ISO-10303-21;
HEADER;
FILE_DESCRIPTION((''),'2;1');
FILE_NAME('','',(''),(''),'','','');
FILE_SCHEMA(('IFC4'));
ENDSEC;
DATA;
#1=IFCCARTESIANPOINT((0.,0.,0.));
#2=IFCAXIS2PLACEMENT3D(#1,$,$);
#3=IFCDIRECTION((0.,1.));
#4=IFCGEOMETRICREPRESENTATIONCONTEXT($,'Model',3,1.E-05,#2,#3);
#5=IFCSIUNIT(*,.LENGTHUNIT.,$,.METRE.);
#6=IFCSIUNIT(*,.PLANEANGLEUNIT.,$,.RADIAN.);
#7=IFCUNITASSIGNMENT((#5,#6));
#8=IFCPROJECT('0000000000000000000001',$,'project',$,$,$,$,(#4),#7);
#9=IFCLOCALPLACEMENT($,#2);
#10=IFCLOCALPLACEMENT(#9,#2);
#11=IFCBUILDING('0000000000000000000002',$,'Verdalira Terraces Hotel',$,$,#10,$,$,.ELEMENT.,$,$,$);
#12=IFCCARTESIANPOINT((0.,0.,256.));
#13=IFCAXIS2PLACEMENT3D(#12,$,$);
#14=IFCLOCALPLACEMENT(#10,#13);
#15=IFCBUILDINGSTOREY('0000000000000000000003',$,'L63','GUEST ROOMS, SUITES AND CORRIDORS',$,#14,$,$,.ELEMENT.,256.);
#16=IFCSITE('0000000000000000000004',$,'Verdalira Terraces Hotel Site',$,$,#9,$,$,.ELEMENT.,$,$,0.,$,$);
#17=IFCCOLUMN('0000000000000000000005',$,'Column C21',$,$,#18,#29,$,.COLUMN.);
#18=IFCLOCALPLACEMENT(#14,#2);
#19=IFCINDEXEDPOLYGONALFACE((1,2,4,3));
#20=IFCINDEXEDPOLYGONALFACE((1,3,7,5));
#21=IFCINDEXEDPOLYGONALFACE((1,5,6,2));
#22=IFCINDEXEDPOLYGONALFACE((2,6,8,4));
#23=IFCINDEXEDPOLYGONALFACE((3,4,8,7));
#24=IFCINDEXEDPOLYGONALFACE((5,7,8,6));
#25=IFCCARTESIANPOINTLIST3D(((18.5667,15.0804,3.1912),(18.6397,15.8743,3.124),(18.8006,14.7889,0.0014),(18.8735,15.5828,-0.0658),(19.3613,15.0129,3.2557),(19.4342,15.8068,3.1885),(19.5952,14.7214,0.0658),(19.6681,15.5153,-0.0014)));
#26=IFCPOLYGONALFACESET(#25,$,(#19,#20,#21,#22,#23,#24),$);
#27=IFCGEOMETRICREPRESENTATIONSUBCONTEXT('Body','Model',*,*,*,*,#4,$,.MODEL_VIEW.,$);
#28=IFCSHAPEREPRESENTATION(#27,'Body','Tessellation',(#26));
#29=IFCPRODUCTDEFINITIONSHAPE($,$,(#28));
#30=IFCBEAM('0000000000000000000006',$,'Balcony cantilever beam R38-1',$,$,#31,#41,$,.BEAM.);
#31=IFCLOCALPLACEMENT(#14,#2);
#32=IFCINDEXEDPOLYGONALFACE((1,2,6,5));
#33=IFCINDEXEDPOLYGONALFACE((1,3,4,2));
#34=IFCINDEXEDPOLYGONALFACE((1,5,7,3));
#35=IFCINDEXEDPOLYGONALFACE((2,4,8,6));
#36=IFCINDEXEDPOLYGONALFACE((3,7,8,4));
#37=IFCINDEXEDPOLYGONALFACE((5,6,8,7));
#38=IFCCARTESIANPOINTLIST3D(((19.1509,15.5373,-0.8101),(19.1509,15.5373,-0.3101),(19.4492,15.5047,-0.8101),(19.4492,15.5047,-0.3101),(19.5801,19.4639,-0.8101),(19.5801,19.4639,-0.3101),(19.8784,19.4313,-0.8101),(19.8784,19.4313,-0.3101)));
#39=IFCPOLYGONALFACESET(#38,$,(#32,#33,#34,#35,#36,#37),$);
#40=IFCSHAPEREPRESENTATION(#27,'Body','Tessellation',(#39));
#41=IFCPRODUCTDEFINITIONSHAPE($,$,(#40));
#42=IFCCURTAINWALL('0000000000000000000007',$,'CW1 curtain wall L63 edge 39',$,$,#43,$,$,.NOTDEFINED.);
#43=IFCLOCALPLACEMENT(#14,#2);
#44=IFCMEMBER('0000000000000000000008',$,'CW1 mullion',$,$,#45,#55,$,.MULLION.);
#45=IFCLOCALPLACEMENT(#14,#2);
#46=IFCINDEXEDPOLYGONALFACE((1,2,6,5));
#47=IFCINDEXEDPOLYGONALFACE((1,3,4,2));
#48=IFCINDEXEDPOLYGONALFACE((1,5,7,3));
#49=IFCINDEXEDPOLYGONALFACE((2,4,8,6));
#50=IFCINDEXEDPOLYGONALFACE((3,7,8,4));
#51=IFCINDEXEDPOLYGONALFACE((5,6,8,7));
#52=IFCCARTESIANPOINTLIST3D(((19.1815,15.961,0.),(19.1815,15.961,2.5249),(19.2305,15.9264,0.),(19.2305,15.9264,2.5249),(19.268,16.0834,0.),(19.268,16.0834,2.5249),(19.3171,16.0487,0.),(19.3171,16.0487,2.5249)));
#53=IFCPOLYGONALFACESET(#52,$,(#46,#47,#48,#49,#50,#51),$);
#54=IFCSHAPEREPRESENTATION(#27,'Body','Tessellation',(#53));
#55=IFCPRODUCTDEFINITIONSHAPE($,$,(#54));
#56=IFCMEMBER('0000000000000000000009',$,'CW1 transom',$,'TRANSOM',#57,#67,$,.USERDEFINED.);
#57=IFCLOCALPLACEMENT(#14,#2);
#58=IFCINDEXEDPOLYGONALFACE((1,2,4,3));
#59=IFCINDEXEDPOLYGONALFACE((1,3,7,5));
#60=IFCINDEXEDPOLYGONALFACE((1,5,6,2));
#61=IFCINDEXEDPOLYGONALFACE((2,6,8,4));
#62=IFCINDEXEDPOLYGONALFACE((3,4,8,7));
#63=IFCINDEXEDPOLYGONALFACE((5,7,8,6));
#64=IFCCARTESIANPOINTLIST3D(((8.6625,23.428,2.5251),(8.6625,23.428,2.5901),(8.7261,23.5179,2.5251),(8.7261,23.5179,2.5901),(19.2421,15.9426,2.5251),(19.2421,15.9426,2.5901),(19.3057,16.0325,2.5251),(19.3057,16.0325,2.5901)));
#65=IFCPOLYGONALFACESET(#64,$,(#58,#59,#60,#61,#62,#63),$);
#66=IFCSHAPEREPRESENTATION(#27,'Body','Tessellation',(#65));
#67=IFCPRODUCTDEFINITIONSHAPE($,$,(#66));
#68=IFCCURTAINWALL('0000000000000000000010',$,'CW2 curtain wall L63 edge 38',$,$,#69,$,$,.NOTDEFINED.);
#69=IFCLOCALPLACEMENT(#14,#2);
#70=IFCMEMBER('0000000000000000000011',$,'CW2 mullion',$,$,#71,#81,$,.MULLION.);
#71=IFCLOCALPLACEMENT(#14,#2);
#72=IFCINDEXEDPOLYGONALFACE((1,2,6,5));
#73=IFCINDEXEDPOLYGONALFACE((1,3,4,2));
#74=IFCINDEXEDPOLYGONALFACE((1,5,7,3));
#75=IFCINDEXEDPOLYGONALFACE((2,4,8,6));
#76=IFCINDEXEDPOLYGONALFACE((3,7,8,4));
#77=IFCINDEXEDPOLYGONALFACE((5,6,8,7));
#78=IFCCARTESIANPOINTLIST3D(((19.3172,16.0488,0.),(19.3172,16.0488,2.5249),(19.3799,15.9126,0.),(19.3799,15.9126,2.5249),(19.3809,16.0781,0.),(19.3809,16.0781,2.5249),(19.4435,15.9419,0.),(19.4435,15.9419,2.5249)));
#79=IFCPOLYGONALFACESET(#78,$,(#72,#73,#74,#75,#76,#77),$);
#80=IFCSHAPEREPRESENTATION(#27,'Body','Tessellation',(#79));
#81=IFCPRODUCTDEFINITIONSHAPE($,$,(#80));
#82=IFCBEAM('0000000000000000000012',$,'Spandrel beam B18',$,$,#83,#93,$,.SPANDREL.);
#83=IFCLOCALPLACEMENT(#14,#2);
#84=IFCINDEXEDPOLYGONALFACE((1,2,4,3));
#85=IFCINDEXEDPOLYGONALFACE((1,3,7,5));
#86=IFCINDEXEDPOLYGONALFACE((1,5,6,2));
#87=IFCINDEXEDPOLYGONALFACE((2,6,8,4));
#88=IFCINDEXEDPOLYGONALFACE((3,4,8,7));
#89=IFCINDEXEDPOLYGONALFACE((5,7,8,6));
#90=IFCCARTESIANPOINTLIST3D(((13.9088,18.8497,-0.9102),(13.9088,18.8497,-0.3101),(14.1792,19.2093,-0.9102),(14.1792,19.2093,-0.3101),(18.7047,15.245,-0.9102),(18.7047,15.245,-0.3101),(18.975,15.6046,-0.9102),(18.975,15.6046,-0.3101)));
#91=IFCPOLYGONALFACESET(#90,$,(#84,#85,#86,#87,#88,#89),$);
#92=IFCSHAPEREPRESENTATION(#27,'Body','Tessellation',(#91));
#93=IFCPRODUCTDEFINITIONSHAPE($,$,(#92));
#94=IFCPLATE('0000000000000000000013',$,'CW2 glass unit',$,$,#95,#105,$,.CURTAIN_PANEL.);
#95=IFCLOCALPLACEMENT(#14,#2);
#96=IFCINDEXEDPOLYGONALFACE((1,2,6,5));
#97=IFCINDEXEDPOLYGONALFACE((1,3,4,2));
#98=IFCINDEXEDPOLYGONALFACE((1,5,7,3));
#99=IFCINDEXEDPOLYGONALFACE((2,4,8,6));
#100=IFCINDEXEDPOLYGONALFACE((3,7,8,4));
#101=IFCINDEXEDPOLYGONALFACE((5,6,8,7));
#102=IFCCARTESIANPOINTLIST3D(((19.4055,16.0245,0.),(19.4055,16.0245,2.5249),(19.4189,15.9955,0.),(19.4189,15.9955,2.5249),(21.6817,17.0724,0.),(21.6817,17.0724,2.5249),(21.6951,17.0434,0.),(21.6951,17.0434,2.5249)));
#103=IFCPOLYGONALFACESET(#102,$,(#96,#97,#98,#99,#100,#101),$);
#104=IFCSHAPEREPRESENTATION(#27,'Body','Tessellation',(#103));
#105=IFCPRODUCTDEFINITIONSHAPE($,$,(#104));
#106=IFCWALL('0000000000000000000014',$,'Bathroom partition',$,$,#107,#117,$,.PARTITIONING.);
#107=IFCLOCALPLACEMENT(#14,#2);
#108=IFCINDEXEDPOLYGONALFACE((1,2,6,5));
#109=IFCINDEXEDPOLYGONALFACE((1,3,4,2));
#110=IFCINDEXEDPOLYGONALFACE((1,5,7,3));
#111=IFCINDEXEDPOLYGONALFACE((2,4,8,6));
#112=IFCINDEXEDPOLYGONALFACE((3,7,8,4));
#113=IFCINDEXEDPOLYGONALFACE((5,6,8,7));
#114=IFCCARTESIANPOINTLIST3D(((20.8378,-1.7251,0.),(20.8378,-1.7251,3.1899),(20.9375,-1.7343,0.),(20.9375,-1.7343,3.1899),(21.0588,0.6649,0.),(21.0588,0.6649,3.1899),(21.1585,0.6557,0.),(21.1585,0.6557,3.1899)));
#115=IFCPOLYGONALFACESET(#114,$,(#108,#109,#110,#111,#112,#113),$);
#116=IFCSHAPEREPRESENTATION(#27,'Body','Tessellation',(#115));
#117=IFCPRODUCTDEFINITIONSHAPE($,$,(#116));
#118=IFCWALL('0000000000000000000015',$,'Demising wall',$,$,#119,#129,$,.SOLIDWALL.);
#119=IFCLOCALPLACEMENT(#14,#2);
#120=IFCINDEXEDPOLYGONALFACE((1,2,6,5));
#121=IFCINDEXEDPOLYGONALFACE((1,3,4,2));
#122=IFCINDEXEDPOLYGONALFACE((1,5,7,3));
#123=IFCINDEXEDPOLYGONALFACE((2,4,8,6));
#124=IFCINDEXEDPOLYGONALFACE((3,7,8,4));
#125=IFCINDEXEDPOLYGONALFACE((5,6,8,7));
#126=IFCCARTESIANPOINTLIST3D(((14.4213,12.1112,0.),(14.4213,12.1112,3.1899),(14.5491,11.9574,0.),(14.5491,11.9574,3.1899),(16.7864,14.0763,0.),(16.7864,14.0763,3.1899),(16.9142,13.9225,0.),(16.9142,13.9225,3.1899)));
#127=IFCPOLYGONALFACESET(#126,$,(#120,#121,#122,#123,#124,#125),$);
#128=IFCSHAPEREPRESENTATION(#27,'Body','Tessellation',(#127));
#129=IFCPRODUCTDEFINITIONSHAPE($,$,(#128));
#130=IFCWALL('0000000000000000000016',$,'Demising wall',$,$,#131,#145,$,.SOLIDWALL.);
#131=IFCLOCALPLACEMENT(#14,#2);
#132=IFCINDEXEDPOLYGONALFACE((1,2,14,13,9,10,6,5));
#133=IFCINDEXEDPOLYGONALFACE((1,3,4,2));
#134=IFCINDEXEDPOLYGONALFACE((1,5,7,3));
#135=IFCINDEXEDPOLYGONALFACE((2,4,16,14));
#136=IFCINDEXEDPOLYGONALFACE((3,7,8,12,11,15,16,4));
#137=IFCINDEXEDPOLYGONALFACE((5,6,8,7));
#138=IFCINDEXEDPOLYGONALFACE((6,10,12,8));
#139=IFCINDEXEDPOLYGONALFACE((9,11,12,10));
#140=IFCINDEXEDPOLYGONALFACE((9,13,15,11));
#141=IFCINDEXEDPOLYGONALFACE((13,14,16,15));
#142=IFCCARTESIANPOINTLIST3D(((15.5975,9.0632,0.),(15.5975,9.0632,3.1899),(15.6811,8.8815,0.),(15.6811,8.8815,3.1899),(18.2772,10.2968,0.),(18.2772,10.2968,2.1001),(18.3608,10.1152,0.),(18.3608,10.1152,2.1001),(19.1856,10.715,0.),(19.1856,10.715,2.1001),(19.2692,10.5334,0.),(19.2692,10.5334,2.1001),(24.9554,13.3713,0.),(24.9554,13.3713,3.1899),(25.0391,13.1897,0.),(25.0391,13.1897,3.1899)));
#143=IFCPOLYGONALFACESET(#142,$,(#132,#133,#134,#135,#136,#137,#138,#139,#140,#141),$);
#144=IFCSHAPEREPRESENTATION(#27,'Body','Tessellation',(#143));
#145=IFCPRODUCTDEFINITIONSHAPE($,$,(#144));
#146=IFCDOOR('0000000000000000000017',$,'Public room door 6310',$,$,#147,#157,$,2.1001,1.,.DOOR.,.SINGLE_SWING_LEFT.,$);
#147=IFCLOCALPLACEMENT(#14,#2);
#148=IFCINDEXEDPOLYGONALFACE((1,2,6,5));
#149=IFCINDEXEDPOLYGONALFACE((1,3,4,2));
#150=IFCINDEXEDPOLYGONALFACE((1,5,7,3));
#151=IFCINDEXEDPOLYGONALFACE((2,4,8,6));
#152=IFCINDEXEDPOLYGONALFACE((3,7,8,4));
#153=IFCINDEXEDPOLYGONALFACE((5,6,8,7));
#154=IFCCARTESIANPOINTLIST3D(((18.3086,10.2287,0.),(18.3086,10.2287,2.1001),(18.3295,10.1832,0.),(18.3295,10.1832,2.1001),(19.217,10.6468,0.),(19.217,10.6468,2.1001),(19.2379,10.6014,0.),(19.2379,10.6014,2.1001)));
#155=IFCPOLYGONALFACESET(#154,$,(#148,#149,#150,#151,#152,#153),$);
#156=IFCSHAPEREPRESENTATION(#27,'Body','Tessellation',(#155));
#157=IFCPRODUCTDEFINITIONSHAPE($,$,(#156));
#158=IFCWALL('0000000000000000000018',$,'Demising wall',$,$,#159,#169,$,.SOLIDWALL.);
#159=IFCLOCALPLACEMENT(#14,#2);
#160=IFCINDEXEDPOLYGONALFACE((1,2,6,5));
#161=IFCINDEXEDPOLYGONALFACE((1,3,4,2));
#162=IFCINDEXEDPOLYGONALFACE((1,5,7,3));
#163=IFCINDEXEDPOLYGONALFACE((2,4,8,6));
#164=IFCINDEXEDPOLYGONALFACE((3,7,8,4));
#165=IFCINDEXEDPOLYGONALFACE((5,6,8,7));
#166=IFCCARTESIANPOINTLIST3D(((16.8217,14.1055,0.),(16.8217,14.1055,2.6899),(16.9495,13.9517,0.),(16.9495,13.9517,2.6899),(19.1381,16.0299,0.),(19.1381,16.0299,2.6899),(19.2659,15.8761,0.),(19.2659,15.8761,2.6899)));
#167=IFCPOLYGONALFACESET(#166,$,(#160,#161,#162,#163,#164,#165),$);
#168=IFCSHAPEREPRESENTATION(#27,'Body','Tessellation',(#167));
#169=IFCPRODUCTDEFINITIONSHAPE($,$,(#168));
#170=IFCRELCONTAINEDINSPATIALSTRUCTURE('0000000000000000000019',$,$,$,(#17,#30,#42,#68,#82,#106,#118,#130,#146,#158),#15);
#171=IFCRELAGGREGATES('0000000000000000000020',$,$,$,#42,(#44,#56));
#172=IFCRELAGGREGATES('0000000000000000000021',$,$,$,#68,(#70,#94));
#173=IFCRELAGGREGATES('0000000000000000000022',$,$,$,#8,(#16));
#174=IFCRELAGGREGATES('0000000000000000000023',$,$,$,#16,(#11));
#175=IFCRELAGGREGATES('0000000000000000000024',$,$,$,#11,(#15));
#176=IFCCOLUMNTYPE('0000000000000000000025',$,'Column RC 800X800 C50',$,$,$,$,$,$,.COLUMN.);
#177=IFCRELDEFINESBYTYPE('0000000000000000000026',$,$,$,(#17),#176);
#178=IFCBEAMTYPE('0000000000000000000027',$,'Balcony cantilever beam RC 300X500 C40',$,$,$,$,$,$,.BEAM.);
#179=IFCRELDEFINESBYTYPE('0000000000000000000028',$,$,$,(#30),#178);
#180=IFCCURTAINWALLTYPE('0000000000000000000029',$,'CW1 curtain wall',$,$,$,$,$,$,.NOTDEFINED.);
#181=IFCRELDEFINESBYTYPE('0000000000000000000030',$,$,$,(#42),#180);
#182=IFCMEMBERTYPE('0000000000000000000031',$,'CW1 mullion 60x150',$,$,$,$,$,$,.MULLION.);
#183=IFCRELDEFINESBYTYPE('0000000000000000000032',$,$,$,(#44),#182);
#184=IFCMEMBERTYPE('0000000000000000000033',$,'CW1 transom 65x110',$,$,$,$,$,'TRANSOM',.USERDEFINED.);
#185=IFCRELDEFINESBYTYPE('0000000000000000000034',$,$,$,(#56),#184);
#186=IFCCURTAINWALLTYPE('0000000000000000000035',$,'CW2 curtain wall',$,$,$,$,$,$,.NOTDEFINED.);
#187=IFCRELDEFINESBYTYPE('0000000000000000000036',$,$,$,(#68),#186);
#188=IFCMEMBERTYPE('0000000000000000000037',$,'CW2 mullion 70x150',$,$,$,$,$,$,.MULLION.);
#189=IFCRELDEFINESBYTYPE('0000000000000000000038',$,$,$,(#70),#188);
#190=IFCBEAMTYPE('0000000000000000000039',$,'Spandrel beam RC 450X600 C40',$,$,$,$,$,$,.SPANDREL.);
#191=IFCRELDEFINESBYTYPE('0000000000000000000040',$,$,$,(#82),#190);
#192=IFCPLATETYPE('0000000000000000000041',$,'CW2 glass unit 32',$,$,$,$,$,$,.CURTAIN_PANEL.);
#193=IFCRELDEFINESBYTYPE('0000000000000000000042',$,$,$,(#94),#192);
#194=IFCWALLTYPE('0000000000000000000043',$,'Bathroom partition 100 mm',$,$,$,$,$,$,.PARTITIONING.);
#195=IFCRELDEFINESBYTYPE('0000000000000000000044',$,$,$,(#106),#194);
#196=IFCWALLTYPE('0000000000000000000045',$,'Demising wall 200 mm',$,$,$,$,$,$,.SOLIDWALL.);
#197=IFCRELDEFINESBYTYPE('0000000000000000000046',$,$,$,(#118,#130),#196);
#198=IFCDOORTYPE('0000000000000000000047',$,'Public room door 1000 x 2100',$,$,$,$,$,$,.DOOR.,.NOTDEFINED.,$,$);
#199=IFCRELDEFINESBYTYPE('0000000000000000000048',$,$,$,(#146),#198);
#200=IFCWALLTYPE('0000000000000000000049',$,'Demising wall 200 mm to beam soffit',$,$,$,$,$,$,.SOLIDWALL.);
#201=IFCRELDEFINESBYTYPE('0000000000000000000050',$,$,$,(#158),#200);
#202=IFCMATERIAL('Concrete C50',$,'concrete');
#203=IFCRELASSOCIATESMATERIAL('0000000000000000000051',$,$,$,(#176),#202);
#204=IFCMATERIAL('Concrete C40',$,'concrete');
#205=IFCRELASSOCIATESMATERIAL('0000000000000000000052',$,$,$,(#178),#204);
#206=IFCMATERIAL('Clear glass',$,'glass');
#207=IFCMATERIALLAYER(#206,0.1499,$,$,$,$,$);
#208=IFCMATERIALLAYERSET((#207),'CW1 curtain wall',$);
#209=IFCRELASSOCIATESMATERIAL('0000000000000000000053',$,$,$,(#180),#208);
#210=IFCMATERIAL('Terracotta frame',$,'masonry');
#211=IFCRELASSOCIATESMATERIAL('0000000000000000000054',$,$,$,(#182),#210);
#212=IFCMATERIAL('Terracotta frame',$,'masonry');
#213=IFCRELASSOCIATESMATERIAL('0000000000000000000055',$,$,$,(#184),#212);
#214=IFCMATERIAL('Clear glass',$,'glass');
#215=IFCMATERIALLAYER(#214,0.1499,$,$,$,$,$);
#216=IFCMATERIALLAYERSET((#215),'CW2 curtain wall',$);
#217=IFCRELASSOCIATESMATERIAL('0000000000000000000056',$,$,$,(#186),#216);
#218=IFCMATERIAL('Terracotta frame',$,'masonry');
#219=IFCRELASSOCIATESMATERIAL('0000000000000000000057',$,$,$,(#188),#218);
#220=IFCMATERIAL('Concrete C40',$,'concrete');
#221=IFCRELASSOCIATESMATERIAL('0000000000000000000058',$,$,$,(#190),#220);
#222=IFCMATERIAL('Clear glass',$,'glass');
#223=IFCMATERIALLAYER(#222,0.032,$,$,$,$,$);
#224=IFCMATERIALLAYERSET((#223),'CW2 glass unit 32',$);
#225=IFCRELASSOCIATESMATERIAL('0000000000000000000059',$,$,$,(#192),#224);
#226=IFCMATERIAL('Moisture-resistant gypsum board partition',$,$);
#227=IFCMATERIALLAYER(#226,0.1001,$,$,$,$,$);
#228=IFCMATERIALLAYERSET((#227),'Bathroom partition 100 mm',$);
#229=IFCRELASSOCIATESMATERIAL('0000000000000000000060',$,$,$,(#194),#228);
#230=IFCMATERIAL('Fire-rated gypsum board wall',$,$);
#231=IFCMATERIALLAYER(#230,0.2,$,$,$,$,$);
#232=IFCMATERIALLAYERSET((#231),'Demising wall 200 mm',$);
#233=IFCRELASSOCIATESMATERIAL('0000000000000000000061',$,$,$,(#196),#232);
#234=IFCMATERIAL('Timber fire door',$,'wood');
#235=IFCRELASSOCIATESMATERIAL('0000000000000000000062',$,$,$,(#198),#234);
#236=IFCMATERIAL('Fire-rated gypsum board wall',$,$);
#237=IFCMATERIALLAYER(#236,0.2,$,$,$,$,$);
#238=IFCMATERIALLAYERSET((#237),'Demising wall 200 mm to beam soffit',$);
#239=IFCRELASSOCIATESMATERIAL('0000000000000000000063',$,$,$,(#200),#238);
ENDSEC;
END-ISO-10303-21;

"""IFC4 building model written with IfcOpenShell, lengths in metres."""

from ifc_helpers import new_model, si_unit, direction, frame, frame_2d, origin, origin_2d, place, context, subcontext, project, spatial, rectangle, extrude, material, layer, layer_set, material_profile, profile_set, type_object, element, fill, aggregate, save


model = new_model("IFC4")

# Units and contexts
model_context = context("Model", 3, precision=1e-05, world=origin(), true_north=direction((0.0, 1.0)))
body_context = subcontext(model_context, "Body", "Model", "MODEL_VIEW")
ifc_project = project(units=[si_unit("LENGTHUNIT", "METRE"), si_unit("PLANEANGLEUNIT", "RADIAN")], contexts=[model_context])

# Site, building, storey
site_placement = place(None, origin())
site = spatial("IfcSite", under=ifc_project, at=site_placement, Name="Verdalira Terraces Hotel Site", CompositionType="ELEMENT", RefElevation=0.0)
building_placement = place(site_placement, origin())
building = spatial("IfcBuilding", under=site, at=building_placement, Name="Verdalira Terraces Hotel", CompositionType="ELEMENT")
storey_placement = place(building_placement, frame((0.0, 0.0, 256.0)))
storey = spatial("IfcBuildingStorey", under=building, at=storey_placement, Name="L63", Description="GUEST ROOMS, SUITES AND CORRIDORS", CompositionType="ELEMENT", Elevation=256.0)

# Column
ifc_material_1 = material(Name="Concrete C50", Category="concrete")
ifc_material_profile_1 = material_profile(ifc_material_1, rectangle(XDim=0.8, YDim=0.8, at=origin_2d()), Name="RC 800X800")
ifc_profile_set_1 = profile_set([ifc_material_profile_1], Name="Concrete C50")
column_type = type_object("IfcColumnType", Name="Column RC 800X800 C50", PredefinedType="COLUMN", material=ifc_profile_set_1)
column_placement = place(storey_placement, frame((19.2344, 15.1521, 0.0), z_axis=(-0.072822, 0.090761, 0.993207), x_axis=(0.993172, -0.084404, 0.080532)))
element("IfcColumn", 1, at=column_placement, inside=storey, type_object=column_type, Name="Column C21", PredefinedType="COLUMN", context=body_context, shape_type="SweptSolid", body=[
    extrude(rectangle(XDim=0.8, YDim=0.8, at=origin_2d()), origin(), (0.0, 0.0, 1.0), 3.2117),
])

# Beam
ifc_material_2 = material(Name="Concrete C40", Category="concrete")
ifc_material_profile_2 = material_profile(ifc_material_2, rectangle(XDim=0.3, YDim=0.5, at=origin_2d()), Name="RC 300X500")
ifc_profile_set_2 = profile_set([ifc_material_profile_2], Name="Concrete C40")
beam_type_1 = type_object("IfcBeamType", Name="Balcony cantilever beam RC 300X500 C40", PredefinedType="BEAM", material=ifc_profile_set_2)
beam_1_placement = place(storey_placement, frame((19.3, 15.521, -0.5601), z_axis=(0.108661, 0.994079, 0.0), x_axis=(-0.994079, 0.108661, 0.0)))
element("IfcBeam", 2, at=beam_1_placement, inside=storey, type_object=beam_type_1, Name="Balcony cantilever beam R38-1", PredefinedType="BEAM", context=body_context, shape_type="SweptSolid", body=[
    extrude(rectangle(XDim=0.3, YDim=0.5, at=origin_2d()), origin(), (0.0, 0.0, 1.0), 3.95),
])

# Curtain wall, members
ifc_material_3 = material(Name="Clear glass", Category="glass")
ifc_layer_1 = layer(ifc_material_3, 0.1499)
ifc_layer_set_1 = layer_set([ifc_layer_1], Name="CW1 curtain wall")
curtain_wall_type_1 = type_object("IfcCurtainWallType", Name="CW1 curtain wall", PredefinedType="NOTDEFINED", material=ifc_layer_set_1)
curtain_wall_1_placement = place(storey_placement, origin())
curtain_wall_1 = element("IfcCurtainWall", 3, at=curtain_wall_1_placement, inside=storey, type_object=curtain_wall_type_1, Name="CW1 curtain wall L63 edge 39", PredefinedType="NOTDEFINED")
ifc_material_4 = material(Name="Terracotta frame", Category="masonry")
ifc_material_profile_3 = material_profile(ifc_material_4, rectangle(XDim=0.0601, YDim=0.1499, at=origin_2d()), Name="MU 60x150")
ifc_profile_set_3 = profile_set([ifc_material_profile_3], Name="Terracotta frame")
member_type_1 = type_object("IfcMemberType", Name="CW1 mullion 60x150", PredefinedType="MULLION", material=ifc_profile_set_3)
member_1_placement = place(storey_placement, frame((19.2493, 16.0049, 0.0), z_axis=(0.0, 0.0, 1.0), x_axis=(-0.816339, 0.577573, 0.0)))
member_1 = element("IfcMember", 4, at=member_1_placement, type_object=member_type_1, Name="CW1 mullion", PredefinedType="MULLION", context=body_context, shape_type="SweptSolid", body=[
    extrude(rectangle(XDim=0.0601, YDim=0.1499, at=origin_2d()), origin(), (0.0, 0.0, 1.0), 2.5249),
])
ifc_material_5 = material(Name="Terracotta frame", Category="masonry")
ifc_material_profile_4 = material_profile(ifc_material_5, rectangle(XDim=0.1101, YDim=0.0649, at=origin_2d()), Name="TR 65x110")
ifc_profile_set_4 = profile_set([ifc_material_profile_4], Name="Terracotta frame")
member_type_2 = type_object("IfcMemberType", Name="CW1 transom 65x110", ElementType="TRANSOM", PredefinedType="USERDEFINED", material=ifc_profile_set_4)
member_2_placement = place(storey_placement, frame((19.2739, 15.9875, 2.5576), z_axis=(-0.816335, 0.577579, 0.0), x_axis=(-0.577579, -0.816335, 0.0)))
member_2 = element("IfcMember", 5, at=member_2_placement, type_object=member_type_2, Name="CW1 transom", ObjectType="TRANSOM", PredefinedType="USERDEFINED", context=body_context, shape_type="SweptSolid", body=[
    extrude(rectangle(XDim=0.1101, YDim=0.0649, at=origin_2d()), origin(), (0.0, 0.0, 1.0), 12.96),
])
aggregate(curtain_wall_1, [member_1, member_2])

# Curtain wall, member
ifc_material_6 = material(Name="Clear glass", Category="glass")
ifc_layer_2 = layer(ifc_material_6, 0.1499)
ifc_layer_set_2 = layer_set([ifc_layer_2], Name="CW2 curtain wall")
curtain_wall_type_2 = type_object("IfcCurtainWallType", Name="CW2 curtain wall", PredefinedType="NOTDEFINED", material=ifc_layer_set_2)
curtain_wall_2_placement = place(storey_placement, origin())
curtain_wall_2 = element("IfcCurtainWall", 6, at=curtain_wall_2_placement, inside=storey, type_object=curtain_wall_type_2, Name="CW2 curtain wall L63 edge 38", PredefinedType="NOTDEFINED")
ifc_material_7 = material(Name="Terracotta frame", Category="masonry")
ifc_material_profile_5 = material_profile(ifc_material_7, rectangle(XDim=0.0701, YDim=0.1499, at=origin_2d()), Name="MU 70x150")
ifc_profile_set_5 = profile_set([ifc_material_profile_5], Name="Terracotta frame")
member_type_3 = type_object("IfcMemberType", Name="CW2 mullion 70x150", PredefinedType="MULLION", material=ifc_profile_set_5)
member_3_placement = place(storey_placement, frame((19.3804, 15.9954, 0.0), z_axis=(0.0, 0.0, 1.0), x_axis=(-0.908362, -0.418184, 0.0)))
member_3 = element("IfcMember", 7, at=member_3_placement, type_object=member_type_3, Name="CW2 mullion", PredefinedType="MULLION", context=body_context, shape_type="SweptSolid", body=[
    extrude(rectangle(XDim=0.0701, YDim=0.1499, at=origin_2d()), origin(), (0.0, 0.0, 1.0), 2.5249),
])

# Beam
ifc_material_8 = material(Name="Concrete C40", Category="concrete")
ifc_material_profile_6 = material_profile(ifc_material_8, rectangle(XDim=0.45, YDim=0.6001, at=origin_2d()), Name="RC 450X600")
ifc_profile_set_6 = profile_set([ifc_material_profile_6], Name="Concrete C40")
beam_type_2 = type_object("IfcBeamType", Name="Spandrel beam RC 450X600 C40", PredefinedType="SPANDREL", material=ifc_profile_set_6)
beam_2_placement = place(storey_placement, frame((18.8398, 15.4248, -0.6101), z_axis=(-0.799375, 0.600833, 0.0), x_axis=(-0.600833, -0.799375, 0.0)))
element("IfcBeam", 8, at=beam_2_placement, inside=storey, type_object=beam_type_2, Name="Spandrel beam B18", PredefinedType="SPANDREL", context=body_context, shape_type="SweptSolid", body=[
    extrude(rectangle(XDim=0.45, YDim=0.6001, at=origin_2d()), origin(), (0.0, 0.0, 1.0), 5.9995),
])

# Plate
ifc_material_9 = material(Name="Clear glass", Category="glass")
ifc_layer_3 = layer(ifc_material_9, 0.032)
ifc_layer_set_3 = layer_set([ifc_layer_3], Name="CW2 glass unit 32")
plate_type = type_object("IfcPlateType", Name="CW2 glass unit 32", PredefinedType="CURTAIN_PANEL", material=ifc_layer_set_3)
plate_placement = place(storey_placement, frame((20.5503, 16.5339, 0.0), z_axis=(0.0, 0.0, 1.0), x_axis=(-0.908362, -0.418184, 0.0)))
plate = element("IfcPlate", 9, at=plate_placement, type_object=plate_type, Name="CW2 glass unit", PredefinedType="CURTAIN_PANEL", context=body_context, shape_type="SweptSolid", body=[
    extrude(rectangle(XDim=2.5059, YDim=0.032, at=origin_2d()), origin(), (0.0, 0.0, 1.0), 2.5249),
])
aggregate(curtain_wall_2, [member_3, plate])

# Walls
ifc_material_10 = material(Name="Moisture-resistant gypsum board partition")
ifc_layer_4 = layer(ifc_material_10, 0.1001)
ifc_layer_set_4 = layer_set([ifc_layer_4], Name="Bathroom partition 100 mm")
wall_type_1 = type_object("IfcWallType", Name="Bathroom partition 100 mm", PredefinedType="PARTITIONING", material=ifc_layer_set_4)
wall_1_placement = place(storey_placement, frame((21.1086, 0.6604, 0.0), z_axis=(0.0, 0.0, 1.0), x_axis=(-0.092058, -0.995754, 0.0)))
element("IfcWall", 10, at=wall_1_placement, inside=storey, type_object=wall_type_1, Name="Bathroom partition", PredefinedType="PARTITIONING", context=body_context, shape_type="SweptSolid", body=[
    extrude(rectangle(XDim=2.4001, YDim=0.1001, at=frame_2d((1.2002, 0.0))), origin(), (0.0, 0.0, 1.0), 3.1899),
])
ifc_material_11 = material(Name="Fire-rated gypsum board wall")
ifc_layer_5 = layer(ifc_material_11, 0.2)
ifc_layer_set_5 = layer_set([ifc_layer_5], Name="Demising wall 200 mm")
wall_type_2 = type_object("IfcWallType", Name="Demising wall 200 mm", PredefinedType="SOLIDWALL", material=ifc_layer_set_5)
wall_2_placement = place(storey_placement, frame((14.4851, 12.0342, 0.0), z_axis=(0.0, 0.0, 1.0), x_axis=(0.769138, 0.639083, 0.0)))
element("IfcWall", 11, at=wall_2_placement, inside=storey, type_object=wall_type_2, Name="Demising wall", PredefinedType="SOLIDWALL", context=body_context, shape_type="SweptSolid", body=[
    extrude(rectangle(XDim=3.075, YDim=0.2, at=frame_2d((1.5376, 0.0))), origin(), (0.0, 0.0, 1.0), 3.1899),
])

# Wall, opening, door
wall_3_placement = place(storey_placement, frame((15.6394, 8.9724, 0.0), z_axis=(0.0, 0.0, 1.0), x_axis=(0.908363, 0.418183, 0.0)))
wall_3 = element("IfcWall", 12, at=wall_3_placement, inside=storey, type_object=wall_type_2, Name="Demising wall", PredefinedType="SOLIDWALL", context=body_context, shape_type="SweptSolid", body=[
    extrude(rectangle(XDim=10.302, YDim=0.2, at=frame_2d((5.1509, 0.0))), origin(), (0.0, 0.0, 1.0), 3.1899),
])
opening_1_placement = place(wall_3_placement, frame((2.95, 0.0, 0.0)))
opening_1 = element("IfcOpeningElement", 13, at=opening_1_placement, cuts=wall_3, PredefinedType="OPENING", context=body_context, shape_type="SweptSolid", body=[
    extrude(rectangle(XDim=1.0, YDim=2.1001, at=frame_2d((0.5, 1.05))), frame((0.0, 0.1099, 0.0), z_axis=(0.0, -1.0, 0.0), x_axis=(1.0, 0.0, 0.0)), (0.0, 0.0, 1.0), 0.22),
])
ifc_material_12 = material(Name="Timber fire door", Category="wood")
door_type_1 = type_object("IfcDoorType", Name="Public room door 1000 x 2100", OperationType="NOTDEFINED", PredefinedType="DOOR", material=ifc_material_12)
door_1_placement = place(opening_1_placement, origin())
door_1 = element("IfcDoor", 14, at=door_1_placement, inside=storey, type_object=door_type_1, Name="Public room door 6310", OperationType="SINGLE_SWING_LEFT", OverallHeight=2.1001, OverallWidth=1.0, PredefinedType="DOOR", context=body_context, shape_type="SweptSolid", body=[
    extrude(rectangle(XDim=1.0, YDim=2.1001, at=frame_2d((0.5, 1.05))), frame((0.0, 0.0249, 0.0), z_axis=(0.0, -1.0, 0.0), x_axis=(1.0, 0.0, 0.0)), (0.0, 0.0, 1.0), 0.05),
])
fill(opening_1, door_1)

# Wall
ifc_material_13 = material(Name="Fire-rated gypsum board wall")
ifc_layer_6 = layer(ifc_material_13, 0.2)
ifc_layer_set_6 = layer_set([ifc_layer_6], Name="Demising wall 200 mm to beam soffit")
wall_type_3 = type_object("IfcWallType", Name="Demising wall 200 mm to beam soffit", PredefinedType="SOLIDWALL", material=ifc_layer_set_6)
wall_4_placement = place(storey_placement, frame((16.8855, 14.0286, 0.0), z_axis=(0.0, 0.0, 1.0), x_axis=(0.769204, 0.639003, 0.0)))
element("IfcWall", 15, at=wall_4_placement, inside=storey, type_object=wall_type_3, Name="Demising wall", PredefinedType="SOLIDWALL", context=body_context, shape_type="SweptSolid", body=[
    extrude(rectangle(XDim=3.0115, YDim=0.2, at=frame_2d((1.5059, 0.0))), origin(), (0.0, 0.0, 1.0), 2.6899),
])

save(model, "model.ifc")
